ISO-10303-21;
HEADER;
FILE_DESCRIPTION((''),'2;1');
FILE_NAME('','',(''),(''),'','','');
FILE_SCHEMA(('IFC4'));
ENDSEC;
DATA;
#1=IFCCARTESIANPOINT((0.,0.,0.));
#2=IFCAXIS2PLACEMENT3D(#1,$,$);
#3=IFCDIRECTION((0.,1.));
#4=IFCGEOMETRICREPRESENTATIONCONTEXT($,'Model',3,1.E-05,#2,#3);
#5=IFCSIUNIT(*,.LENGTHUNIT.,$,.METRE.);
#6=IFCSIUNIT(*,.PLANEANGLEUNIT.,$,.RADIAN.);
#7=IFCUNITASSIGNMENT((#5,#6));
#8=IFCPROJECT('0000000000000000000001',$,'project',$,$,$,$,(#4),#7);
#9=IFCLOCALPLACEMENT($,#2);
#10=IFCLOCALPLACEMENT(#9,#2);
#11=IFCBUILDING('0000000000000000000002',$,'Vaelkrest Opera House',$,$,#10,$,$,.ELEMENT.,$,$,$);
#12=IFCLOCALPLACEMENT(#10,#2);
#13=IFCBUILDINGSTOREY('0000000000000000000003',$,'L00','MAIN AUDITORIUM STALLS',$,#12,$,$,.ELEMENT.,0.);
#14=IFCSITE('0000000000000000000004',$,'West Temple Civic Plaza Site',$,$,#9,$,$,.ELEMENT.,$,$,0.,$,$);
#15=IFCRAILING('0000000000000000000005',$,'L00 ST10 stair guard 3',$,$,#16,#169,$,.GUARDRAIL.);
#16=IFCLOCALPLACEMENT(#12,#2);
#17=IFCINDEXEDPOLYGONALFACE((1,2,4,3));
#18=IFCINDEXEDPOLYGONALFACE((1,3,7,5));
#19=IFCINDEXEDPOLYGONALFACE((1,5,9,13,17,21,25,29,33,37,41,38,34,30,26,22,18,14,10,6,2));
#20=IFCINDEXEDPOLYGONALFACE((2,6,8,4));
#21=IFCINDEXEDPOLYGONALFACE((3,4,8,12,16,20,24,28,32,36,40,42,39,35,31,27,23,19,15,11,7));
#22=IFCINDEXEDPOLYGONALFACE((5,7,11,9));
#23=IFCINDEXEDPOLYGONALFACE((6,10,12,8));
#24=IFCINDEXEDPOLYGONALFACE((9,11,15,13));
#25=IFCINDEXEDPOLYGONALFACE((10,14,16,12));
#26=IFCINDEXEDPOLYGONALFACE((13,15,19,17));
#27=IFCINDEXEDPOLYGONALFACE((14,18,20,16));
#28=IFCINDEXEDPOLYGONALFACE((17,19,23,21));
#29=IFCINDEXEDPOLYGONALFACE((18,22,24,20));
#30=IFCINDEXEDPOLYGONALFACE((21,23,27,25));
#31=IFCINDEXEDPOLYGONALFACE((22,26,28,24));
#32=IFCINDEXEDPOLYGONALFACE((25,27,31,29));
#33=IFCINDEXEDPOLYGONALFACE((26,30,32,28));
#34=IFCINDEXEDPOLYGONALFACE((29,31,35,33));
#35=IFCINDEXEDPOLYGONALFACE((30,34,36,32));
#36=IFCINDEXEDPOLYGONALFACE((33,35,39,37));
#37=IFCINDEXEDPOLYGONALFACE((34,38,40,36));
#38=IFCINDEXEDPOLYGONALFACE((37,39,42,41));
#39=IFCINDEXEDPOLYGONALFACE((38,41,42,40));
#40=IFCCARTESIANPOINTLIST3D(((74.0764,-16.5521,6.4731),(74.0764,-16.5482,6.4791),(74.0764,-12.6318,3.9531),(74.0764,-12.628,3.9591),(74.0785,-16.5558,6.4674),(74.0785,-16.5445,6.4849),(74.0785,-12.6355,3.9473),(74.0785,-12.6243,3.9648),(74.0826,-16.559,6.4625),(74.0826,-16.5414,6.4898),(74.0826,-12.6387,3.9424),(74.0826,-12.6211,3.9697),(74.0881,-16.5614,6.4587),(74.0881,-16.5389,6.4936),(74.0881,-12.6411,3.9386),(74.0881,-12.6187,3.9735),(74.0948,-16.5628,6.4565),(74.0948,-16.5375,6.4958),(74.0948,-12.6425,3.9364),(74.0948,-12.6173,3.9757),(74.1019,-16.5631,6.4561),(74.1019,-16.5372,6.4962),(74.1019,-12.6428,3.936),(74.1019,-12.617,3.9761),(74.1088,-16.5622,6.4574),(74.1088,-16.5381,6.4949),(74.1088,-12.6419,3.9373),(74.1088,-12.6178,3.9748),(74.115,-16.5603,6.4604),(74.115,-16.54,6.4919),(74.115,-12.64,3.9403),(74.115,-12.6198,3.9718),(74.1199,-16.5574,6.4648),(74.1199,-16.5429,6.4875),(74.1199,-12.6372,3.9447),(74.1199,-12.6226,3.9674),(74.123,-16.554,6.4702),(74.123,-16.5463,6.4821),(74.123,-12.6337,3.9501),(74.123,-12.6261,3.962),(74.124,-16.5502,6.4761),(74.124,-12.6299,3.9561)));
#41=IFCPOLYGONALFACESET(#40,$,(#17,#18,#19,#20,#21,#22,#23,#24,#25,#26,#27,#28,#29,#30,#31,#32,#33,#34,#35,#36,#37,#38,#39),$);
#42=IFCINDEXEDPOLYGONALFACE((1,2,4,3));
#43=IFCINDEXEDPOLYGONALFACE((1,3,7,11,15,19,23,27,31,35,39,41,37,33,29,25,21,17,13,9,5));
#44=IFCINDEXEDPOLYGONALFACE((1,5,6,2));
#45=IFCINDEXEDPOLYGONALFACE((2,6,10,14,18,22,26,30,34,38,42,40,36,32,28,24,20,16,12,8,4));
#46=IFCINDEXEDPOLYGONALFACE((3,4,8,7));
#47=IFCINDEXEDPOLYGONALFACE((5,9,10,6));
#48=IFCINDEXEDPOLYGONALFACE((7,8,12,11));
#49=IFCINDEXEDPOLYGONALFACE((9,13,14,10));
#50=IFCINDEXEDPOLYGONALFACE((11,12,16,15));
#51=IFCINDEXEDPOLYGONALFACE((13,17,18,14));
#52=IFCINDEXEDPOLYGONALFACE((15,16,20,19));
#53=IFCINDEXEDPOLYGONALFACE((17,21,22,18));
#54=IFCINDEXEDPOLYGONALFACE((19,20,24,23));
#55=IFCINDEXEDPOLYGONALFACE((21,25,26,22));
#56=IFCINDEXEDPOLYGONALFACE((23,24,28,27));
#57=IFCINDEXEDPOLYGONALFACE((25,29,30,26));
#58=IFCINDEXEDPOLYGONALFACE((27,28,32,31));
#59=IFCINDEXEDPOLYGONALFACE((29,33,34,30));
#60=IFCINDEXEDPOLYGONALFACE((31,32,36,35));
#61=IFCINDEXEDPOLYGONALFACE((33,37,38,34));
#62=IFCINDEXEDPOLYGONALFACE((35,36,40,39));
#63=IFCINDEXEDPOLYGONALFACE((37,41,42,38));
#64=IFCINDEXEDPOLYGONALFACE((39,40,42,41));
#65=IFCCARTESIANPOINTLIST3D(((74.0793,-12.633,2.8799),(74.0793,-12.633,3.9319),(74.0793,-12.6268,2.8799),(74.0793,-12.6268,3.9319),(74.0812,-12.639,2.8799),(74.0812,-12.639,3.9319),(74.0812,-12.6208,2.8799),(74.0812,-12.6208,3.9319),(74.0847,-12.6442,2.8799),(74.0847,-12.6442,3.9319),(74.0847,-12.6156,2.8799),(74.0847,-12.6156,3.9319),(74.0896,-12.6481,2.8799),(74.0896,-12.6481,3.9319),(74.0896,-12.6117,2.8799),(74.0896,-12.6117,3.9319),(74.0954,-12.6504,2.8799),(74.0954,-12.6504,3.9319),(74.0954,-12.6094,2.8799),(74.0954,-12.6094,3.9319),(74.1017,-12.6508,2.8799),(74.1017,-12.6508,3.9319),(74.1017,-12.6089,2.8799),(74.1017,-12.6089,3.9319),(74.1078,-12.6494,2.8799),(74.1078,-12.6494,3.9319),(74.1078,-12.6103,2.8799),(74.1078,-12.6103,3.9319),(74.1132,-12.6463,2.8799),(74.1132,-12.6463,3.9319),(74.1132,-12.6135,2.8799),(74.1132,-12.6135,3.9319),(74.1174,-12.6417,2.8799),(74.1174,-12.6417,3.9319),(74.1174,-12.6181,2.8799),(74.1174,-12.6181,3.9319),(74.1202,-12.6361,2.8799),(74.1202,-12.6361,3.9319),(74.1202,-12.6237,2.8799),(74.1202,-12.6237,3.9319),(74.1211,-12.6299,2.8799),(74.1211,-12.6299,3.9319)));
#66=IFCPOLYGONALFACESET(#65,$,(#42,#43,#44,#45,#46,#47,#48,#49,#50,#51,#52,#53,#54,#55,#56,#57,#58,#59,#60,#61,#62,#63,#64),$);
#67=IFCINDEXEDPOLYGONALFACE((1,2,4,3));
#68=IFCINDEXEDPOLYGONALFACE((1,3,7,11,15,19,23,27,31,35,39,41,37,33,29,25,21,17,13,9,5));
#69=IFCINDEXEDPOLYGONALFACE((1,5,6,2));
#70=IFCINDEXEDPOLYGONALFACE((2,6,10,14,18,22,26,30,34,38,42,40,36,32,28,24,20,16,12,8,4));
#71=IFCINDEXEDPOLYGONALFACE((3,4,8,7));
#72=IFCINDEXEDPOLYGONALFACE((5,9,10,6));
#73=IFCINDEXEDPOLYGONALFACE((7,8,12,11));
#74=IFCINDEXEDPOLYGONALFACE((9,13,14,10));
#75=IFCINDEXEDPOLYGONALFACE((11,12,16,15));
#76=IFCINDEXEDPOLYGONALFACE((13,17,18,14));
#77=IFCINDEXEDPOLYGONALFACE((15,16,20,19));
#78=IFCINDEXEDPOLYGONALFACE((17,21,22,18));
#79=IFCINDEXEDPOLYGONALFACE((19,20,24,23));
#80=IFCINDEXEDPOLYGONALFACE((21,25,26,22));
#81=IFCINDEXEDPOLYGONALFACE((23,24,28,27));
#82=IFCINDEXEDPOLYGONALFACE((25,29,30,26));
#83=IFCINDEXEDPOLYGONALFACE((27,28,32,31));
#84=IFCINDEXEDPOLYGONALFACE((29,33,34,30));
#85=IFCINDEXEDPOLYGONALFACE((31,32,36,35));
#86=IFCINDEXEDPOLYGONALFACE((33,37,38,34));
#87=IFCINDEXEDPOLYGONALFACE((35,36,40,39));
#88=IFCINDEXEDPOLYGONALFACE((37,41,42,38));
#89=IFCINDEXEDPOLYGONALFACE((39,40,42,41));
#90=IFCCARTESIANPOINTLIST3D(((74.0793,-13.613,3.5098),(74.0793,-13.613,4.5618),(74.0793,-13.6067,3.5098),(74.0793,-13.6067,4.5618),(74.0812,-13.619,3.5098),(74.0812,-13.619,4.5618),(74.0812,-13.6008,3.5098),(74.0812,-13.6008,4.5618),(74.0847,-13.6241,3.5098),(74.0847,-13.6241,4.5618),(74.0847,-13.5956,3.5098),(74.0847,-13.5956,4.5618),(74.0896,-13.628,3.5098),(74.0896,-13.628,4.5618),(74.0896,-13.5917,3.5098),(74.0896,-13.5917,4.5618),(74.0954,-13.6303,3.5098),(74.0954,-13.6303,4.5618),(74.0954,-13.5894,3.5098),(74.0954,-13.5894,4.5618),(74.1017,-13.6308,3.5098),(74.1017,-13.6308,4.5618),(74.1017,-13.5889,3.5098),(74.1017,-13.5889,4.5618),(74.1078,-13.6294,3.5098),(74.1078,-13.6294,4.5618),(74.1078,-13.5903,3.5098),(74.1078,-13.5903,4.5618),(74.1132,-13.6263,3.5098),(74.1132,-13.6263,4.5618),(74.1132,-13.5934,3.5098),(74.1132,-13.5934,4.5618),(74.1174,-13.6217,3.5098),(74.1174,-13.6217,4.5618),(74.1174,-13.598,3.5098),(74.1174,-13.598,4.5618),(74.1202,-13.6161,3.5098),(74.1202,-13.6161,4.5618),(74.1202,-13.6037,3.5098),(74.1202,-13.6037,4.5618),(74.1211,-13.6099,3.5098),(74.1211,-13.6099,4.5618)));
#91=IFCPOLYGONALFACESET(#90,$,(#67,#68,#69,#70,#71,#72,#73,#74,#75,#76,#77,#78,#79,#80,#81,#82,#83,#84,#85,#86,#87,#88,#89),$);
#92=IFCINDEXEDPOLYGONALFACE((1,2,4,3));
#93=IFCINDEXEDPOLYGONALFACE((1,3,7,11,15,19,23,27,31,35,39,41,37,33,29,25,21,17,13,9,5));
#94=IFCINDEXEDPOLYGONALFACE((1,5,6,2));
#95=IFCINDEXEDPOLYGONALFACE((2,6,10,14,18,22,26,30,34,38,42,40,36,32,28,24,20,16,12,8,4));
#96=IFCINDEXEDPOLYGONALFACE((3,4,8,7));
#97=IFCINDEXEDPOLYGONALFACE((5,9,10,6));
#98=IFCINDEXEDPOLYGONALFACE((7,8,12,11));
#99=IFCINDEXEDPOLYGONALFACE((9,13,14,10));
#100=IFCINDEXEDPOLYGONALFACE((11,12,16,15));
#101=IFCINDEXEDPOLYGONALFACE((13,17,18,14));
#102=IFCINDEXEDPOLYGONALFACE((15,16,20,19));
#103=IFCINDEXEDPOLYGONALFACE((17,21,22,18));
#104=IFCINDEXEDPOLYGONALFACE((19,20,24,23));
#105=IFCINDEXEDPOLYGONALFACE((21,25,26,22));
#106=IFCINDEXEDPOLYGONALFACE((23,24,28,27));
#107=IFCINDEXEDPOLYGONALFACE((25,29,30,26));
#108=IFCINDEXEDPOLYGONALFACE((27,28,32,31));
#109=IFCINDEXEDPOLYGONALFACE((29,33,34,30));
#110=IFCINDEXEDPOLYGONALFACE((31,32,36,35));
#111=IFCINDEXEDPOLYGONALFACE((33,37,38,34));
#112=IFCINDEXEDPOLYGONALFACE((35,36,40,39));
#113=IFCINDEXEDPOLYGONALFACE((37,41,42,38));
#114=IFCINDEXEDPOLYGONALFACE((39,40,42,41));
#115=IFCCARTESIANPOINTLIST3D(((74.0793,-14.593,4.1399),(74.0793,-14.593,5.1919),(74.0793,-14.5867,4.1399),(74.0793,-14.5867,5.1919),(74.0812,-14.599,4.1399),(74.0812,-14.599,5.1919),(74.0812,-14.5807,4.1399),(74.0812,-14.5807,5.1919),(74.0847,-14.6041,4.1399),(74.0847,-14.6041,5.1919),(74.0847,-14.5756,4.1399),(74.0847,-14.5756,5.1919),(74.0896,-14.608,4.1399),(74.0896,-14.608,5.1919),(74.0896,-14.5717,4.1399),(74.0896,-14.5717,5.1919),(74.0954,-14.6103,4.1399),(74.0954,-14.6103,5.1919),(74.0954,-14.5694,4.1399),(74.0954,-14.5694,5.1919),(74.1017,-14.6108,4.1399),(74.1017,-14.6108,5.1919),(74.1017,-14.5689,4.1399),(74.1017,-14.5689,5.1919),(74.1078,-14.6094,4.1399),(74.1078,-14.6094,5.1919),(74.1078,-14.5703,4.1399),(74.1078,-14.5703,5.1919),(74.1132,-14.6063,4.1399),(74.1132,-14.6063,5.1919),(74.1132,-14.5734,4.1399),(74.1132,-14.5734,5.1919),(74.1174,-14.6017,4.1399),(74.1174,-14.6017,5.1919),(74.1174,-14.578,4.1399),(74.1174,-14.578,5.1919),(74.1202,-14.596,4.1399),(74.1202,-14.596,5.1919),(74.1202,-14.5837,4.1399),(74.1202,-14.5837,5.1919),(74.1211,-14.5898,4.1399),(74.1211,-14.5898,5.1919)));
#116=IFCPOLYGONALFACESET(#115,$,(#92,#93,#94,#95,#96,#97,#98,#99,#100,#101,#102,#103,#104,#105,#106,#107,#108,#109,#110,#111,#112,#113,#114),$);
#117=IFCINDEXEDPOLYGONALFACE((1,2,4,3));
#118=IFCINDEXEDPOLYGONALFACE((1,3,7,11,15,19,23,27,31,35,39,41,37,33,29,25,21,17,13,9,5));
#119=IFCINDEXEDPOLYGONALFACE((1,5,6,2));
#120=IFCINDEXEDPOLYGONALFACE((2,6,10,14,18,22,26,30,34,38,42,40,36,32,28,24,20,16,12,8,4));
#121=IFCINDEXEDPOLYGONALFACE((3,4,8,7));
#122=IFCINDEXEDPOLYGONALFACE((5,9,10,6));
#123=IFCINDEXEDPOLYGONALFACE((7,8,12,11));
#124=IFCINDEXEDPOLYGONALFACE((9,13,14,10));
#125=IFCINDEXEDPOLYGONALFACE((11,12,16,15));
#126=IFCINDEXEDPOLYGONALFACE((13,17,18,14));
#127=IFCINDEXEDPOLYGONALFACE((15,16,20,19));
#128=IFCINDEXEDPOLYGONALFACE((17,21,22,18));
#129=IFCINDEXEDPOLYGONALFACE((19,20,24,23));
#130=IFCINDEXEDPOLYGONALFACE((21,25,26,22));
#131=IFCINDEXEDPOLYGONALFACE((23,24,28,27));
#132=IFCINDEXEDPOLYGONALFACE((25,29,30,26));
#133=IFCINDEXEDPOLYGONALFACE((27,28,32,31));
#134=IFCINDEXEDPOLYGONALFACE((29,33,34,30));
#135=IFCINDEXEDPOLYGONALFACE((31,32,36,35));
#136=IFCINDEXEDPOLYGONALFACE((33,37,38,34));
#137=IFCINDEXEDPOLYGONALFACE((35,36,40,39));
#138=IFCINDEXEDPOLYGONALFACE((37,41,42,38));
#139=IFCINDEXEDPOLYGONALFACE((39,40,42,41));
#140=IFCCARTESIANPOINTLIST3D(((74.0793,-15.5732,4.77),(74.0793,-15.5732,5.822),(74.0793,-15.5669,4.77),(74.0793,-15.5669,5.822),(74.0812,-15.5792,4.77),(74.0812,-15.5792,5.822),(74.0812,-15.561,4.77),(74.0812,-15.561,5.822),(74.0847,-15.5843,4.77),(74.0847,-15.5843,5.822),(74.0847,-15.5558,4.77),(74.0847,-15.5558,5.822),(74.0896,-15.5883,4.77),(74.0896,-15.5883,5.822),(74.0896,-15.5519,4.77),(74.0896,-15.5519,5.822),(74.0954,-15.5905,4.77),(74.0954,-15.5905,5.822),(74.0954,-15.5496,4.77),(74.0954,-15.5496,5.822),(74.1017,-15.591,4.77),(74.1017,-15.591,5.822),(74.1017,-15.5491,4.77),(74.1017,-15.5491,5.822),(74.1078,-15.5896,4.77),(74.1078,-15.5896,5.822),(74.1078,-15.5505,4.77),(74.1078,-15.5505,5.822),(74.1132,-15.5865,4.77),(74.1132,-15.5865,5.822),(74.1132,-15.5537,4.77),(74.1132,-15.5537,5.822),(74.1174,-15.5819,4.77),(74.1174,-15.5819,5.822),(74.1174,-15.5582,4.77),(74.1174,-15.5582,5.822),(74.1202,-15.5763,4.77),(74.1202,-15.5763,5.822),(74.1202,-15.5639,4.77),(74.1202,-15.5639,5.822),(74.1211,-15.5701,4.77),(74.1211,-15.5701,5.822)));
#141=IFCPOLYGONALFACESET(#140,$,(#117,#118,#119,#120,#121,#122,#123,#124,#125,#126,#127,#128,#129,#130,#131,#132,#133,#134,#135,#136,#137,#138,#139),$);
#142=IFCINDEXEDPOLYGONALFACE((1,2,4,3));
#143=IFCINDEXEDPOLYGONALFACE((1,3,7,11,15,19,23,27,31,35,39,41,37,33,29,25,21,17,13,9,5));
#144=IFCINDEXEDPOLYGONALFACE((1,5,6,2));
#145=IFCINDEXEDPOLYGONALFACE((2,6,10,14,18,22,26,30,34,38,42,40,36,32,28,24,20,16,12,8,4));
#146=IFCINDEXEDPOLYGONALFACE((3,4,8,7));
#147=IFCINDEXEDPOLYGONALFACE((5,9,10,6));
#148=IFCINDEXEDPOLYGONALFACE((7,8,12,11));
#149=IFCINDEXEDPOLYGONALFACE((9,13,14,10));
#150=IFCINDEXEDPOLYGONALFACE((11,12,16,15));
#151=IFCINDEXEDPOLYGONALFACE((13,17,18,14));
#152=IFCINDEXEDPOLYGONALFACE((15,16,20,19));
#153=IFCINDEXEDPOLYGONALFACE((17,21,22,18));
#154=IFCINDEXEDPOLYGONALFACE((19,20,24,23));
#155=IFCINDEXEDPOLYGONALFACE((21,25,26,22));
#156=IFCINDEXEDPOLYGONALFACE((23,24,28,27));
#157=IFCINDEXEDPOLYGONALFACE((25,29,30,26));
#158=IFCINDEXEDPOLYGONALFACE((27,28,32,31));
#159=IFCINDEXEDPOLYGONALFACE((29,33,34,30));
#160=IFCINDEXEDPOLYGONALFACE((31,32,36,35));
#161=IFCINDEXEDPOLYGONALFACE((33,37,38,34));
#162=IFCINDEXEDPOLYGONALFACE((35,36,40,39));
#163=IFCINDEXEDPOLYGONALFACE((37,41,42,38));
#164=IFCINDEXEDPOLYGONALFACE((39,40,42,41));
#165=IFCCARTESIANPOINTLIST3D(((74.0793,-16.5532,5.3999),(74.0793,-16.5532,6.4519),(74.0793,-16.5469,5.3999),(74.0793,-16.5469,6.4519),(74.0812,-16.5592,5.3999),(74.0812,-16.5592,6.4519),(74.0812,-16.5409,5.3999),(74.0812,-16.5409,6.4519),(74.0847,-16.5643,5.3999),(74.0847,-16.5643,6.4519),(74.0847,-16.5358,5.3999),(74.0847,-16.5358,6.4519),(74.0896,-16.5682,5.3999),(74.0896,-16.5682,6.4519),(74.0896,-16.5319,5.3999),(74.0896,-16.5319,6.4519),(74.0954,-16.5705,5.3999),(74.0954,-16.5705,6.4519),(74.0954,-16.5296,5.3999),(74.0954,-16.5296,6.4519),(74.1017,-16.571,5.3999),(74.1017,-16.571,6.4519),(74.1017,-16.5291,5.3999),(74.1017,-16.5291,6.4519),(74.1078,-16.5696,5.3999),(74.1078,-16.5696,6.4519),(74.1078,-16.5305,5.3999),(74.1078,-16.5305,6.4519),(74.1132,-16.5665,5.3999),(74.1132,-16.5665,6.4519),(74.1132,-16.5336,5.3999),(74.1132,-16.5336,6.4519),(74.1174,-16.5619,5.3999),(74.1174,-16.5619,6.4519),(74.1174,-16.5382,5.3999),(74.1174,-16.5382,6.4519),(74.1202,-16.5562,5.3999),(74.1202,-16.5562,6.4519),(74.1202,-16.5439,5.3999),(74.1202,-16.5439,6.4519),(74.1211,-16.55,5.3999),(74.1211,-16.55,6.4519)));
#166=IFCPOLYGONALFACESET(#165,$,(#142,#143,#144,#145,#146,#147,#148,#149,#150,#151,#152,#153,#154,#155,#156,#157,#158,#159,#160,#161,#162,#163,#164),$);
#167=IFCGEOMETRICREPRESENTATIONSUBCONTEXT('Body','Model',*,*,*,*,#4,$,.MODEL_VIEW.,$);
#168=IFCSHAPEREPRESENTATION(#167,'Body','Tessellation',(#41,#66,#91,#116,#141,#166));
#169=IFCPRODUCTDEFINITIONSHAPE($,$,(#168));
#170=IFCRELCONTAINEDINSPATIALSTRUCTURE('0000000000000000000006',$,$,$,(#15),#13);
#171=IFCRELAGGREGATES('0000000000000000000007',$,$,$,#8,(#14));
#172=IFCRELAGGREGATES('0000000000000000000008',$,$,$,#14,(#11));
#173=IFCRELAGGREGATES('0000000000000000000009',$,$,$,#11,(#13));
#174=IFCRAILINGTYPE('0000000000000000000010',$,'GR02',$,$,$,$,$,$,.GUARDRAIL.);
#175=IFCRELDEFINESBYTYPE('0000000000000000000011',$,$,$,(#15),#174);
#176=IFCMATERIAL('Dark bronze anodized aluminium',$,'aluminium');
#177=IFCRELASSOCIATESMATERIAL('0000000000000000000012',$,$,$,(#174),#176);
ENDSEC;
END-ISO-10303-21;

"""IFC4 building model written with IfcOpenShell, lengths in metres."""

from ifc_helpers import new_model, si_unit, direction, frame, origin, origin_2d, place, context, subcontext, project, spatial, circle, extrude, material, type_object, element, save


model = new_model("IFC4")

# Units and contexts
model_context = context("Model", 3, precision=1e-05, world=origin(), true_north=direction((0.0, 1.0)))
body_context = subcontext(model_context, "Body", "Model", "MODEL_VIEW")
ifc_project = project(units=[si_unit("LENGTHUNIT", "METRE"), si_unit("PLANEANGLEUNIT", "RADIAN")], contexts=[model_context])

# Site, building, storey
site_placement = place(None, origin())
site = spatial("IfcSite", under=ifc_project, at=site_placement, Name="West Temple Civic Plaza Site", CompositionType="ELEMENT", RefElevation=0.0)
building_placement = place(site_placement, origin())
building = spatial("IfcBuilding", under=site, at=building_placement, Name="Vaelkrest Opera House", CompositionType="ELEMENT")
storey_placement = place(building_placement, origin())
storey = spatial("IfcBuildingStorey", under=building, at=storey_placement, Name="L00", Description="MAIN AUDITORIUM STALLS", CompositionType="ELEMENT", Elevation=0.0)

# Railing
ifc_material_1 = material(Name="Dark bronze anodized aluminium", Category="aluminium")
railing_type_1 = type_object("IfcRailingType", Name="GR02", PredefinedType="GUARDRAIL", material=ifc_material_1)
railing_1_placement = place(storey_placement, frame((74.1001, -12.6299, 2.8799)))
element("IfcRailing", 1, at=railing_1_placement, inside=storey, type_object=railing_type_1, Name="L00 ST10 stair guard 3", PredefinedType="GUARDRAIL", context=body_context, shape_type="SweptSolid", body=[
    extrude(circle(Radius=0.0239, at=origin_2d()), frame((0.0, 0.0, 1.0762), z_axis=(0.0, -0.841187, 0.540744), x_axis=(1.0, 0.0, 0.0)), (0.0, 0.0, 1.0), 4.6604),
    extrude(circle(Radius=0.021, at=origin_2d()), origin(), (0.0, 0.0, 1.0), 1.052),
    extrude(circle(Radius=0.021, at=origin_2d()), frame((0.0, -0.98, 0.6299)), (0.0, 0.0, 1.0), 1.052),
    extrude(circle(Radius=0.021, at=origin_2d()), frame((0.0, -1.96, 1.26)), (0.0, 0.0, 1.0), 1.052),
    extrude(circle(Radius=0.021, at=origin_2d()), frame((0.0, -2.9402, 1.8901)), (0.0, 0.0, 1.0), 1.052),
    extrude(circle(Radius=0.021, at=origin_2d()), frame((0.0, -3.9202, 2.52)), (0.0, 0.0, 1.0), 1.052),
])

save(model, "model.ifc")
